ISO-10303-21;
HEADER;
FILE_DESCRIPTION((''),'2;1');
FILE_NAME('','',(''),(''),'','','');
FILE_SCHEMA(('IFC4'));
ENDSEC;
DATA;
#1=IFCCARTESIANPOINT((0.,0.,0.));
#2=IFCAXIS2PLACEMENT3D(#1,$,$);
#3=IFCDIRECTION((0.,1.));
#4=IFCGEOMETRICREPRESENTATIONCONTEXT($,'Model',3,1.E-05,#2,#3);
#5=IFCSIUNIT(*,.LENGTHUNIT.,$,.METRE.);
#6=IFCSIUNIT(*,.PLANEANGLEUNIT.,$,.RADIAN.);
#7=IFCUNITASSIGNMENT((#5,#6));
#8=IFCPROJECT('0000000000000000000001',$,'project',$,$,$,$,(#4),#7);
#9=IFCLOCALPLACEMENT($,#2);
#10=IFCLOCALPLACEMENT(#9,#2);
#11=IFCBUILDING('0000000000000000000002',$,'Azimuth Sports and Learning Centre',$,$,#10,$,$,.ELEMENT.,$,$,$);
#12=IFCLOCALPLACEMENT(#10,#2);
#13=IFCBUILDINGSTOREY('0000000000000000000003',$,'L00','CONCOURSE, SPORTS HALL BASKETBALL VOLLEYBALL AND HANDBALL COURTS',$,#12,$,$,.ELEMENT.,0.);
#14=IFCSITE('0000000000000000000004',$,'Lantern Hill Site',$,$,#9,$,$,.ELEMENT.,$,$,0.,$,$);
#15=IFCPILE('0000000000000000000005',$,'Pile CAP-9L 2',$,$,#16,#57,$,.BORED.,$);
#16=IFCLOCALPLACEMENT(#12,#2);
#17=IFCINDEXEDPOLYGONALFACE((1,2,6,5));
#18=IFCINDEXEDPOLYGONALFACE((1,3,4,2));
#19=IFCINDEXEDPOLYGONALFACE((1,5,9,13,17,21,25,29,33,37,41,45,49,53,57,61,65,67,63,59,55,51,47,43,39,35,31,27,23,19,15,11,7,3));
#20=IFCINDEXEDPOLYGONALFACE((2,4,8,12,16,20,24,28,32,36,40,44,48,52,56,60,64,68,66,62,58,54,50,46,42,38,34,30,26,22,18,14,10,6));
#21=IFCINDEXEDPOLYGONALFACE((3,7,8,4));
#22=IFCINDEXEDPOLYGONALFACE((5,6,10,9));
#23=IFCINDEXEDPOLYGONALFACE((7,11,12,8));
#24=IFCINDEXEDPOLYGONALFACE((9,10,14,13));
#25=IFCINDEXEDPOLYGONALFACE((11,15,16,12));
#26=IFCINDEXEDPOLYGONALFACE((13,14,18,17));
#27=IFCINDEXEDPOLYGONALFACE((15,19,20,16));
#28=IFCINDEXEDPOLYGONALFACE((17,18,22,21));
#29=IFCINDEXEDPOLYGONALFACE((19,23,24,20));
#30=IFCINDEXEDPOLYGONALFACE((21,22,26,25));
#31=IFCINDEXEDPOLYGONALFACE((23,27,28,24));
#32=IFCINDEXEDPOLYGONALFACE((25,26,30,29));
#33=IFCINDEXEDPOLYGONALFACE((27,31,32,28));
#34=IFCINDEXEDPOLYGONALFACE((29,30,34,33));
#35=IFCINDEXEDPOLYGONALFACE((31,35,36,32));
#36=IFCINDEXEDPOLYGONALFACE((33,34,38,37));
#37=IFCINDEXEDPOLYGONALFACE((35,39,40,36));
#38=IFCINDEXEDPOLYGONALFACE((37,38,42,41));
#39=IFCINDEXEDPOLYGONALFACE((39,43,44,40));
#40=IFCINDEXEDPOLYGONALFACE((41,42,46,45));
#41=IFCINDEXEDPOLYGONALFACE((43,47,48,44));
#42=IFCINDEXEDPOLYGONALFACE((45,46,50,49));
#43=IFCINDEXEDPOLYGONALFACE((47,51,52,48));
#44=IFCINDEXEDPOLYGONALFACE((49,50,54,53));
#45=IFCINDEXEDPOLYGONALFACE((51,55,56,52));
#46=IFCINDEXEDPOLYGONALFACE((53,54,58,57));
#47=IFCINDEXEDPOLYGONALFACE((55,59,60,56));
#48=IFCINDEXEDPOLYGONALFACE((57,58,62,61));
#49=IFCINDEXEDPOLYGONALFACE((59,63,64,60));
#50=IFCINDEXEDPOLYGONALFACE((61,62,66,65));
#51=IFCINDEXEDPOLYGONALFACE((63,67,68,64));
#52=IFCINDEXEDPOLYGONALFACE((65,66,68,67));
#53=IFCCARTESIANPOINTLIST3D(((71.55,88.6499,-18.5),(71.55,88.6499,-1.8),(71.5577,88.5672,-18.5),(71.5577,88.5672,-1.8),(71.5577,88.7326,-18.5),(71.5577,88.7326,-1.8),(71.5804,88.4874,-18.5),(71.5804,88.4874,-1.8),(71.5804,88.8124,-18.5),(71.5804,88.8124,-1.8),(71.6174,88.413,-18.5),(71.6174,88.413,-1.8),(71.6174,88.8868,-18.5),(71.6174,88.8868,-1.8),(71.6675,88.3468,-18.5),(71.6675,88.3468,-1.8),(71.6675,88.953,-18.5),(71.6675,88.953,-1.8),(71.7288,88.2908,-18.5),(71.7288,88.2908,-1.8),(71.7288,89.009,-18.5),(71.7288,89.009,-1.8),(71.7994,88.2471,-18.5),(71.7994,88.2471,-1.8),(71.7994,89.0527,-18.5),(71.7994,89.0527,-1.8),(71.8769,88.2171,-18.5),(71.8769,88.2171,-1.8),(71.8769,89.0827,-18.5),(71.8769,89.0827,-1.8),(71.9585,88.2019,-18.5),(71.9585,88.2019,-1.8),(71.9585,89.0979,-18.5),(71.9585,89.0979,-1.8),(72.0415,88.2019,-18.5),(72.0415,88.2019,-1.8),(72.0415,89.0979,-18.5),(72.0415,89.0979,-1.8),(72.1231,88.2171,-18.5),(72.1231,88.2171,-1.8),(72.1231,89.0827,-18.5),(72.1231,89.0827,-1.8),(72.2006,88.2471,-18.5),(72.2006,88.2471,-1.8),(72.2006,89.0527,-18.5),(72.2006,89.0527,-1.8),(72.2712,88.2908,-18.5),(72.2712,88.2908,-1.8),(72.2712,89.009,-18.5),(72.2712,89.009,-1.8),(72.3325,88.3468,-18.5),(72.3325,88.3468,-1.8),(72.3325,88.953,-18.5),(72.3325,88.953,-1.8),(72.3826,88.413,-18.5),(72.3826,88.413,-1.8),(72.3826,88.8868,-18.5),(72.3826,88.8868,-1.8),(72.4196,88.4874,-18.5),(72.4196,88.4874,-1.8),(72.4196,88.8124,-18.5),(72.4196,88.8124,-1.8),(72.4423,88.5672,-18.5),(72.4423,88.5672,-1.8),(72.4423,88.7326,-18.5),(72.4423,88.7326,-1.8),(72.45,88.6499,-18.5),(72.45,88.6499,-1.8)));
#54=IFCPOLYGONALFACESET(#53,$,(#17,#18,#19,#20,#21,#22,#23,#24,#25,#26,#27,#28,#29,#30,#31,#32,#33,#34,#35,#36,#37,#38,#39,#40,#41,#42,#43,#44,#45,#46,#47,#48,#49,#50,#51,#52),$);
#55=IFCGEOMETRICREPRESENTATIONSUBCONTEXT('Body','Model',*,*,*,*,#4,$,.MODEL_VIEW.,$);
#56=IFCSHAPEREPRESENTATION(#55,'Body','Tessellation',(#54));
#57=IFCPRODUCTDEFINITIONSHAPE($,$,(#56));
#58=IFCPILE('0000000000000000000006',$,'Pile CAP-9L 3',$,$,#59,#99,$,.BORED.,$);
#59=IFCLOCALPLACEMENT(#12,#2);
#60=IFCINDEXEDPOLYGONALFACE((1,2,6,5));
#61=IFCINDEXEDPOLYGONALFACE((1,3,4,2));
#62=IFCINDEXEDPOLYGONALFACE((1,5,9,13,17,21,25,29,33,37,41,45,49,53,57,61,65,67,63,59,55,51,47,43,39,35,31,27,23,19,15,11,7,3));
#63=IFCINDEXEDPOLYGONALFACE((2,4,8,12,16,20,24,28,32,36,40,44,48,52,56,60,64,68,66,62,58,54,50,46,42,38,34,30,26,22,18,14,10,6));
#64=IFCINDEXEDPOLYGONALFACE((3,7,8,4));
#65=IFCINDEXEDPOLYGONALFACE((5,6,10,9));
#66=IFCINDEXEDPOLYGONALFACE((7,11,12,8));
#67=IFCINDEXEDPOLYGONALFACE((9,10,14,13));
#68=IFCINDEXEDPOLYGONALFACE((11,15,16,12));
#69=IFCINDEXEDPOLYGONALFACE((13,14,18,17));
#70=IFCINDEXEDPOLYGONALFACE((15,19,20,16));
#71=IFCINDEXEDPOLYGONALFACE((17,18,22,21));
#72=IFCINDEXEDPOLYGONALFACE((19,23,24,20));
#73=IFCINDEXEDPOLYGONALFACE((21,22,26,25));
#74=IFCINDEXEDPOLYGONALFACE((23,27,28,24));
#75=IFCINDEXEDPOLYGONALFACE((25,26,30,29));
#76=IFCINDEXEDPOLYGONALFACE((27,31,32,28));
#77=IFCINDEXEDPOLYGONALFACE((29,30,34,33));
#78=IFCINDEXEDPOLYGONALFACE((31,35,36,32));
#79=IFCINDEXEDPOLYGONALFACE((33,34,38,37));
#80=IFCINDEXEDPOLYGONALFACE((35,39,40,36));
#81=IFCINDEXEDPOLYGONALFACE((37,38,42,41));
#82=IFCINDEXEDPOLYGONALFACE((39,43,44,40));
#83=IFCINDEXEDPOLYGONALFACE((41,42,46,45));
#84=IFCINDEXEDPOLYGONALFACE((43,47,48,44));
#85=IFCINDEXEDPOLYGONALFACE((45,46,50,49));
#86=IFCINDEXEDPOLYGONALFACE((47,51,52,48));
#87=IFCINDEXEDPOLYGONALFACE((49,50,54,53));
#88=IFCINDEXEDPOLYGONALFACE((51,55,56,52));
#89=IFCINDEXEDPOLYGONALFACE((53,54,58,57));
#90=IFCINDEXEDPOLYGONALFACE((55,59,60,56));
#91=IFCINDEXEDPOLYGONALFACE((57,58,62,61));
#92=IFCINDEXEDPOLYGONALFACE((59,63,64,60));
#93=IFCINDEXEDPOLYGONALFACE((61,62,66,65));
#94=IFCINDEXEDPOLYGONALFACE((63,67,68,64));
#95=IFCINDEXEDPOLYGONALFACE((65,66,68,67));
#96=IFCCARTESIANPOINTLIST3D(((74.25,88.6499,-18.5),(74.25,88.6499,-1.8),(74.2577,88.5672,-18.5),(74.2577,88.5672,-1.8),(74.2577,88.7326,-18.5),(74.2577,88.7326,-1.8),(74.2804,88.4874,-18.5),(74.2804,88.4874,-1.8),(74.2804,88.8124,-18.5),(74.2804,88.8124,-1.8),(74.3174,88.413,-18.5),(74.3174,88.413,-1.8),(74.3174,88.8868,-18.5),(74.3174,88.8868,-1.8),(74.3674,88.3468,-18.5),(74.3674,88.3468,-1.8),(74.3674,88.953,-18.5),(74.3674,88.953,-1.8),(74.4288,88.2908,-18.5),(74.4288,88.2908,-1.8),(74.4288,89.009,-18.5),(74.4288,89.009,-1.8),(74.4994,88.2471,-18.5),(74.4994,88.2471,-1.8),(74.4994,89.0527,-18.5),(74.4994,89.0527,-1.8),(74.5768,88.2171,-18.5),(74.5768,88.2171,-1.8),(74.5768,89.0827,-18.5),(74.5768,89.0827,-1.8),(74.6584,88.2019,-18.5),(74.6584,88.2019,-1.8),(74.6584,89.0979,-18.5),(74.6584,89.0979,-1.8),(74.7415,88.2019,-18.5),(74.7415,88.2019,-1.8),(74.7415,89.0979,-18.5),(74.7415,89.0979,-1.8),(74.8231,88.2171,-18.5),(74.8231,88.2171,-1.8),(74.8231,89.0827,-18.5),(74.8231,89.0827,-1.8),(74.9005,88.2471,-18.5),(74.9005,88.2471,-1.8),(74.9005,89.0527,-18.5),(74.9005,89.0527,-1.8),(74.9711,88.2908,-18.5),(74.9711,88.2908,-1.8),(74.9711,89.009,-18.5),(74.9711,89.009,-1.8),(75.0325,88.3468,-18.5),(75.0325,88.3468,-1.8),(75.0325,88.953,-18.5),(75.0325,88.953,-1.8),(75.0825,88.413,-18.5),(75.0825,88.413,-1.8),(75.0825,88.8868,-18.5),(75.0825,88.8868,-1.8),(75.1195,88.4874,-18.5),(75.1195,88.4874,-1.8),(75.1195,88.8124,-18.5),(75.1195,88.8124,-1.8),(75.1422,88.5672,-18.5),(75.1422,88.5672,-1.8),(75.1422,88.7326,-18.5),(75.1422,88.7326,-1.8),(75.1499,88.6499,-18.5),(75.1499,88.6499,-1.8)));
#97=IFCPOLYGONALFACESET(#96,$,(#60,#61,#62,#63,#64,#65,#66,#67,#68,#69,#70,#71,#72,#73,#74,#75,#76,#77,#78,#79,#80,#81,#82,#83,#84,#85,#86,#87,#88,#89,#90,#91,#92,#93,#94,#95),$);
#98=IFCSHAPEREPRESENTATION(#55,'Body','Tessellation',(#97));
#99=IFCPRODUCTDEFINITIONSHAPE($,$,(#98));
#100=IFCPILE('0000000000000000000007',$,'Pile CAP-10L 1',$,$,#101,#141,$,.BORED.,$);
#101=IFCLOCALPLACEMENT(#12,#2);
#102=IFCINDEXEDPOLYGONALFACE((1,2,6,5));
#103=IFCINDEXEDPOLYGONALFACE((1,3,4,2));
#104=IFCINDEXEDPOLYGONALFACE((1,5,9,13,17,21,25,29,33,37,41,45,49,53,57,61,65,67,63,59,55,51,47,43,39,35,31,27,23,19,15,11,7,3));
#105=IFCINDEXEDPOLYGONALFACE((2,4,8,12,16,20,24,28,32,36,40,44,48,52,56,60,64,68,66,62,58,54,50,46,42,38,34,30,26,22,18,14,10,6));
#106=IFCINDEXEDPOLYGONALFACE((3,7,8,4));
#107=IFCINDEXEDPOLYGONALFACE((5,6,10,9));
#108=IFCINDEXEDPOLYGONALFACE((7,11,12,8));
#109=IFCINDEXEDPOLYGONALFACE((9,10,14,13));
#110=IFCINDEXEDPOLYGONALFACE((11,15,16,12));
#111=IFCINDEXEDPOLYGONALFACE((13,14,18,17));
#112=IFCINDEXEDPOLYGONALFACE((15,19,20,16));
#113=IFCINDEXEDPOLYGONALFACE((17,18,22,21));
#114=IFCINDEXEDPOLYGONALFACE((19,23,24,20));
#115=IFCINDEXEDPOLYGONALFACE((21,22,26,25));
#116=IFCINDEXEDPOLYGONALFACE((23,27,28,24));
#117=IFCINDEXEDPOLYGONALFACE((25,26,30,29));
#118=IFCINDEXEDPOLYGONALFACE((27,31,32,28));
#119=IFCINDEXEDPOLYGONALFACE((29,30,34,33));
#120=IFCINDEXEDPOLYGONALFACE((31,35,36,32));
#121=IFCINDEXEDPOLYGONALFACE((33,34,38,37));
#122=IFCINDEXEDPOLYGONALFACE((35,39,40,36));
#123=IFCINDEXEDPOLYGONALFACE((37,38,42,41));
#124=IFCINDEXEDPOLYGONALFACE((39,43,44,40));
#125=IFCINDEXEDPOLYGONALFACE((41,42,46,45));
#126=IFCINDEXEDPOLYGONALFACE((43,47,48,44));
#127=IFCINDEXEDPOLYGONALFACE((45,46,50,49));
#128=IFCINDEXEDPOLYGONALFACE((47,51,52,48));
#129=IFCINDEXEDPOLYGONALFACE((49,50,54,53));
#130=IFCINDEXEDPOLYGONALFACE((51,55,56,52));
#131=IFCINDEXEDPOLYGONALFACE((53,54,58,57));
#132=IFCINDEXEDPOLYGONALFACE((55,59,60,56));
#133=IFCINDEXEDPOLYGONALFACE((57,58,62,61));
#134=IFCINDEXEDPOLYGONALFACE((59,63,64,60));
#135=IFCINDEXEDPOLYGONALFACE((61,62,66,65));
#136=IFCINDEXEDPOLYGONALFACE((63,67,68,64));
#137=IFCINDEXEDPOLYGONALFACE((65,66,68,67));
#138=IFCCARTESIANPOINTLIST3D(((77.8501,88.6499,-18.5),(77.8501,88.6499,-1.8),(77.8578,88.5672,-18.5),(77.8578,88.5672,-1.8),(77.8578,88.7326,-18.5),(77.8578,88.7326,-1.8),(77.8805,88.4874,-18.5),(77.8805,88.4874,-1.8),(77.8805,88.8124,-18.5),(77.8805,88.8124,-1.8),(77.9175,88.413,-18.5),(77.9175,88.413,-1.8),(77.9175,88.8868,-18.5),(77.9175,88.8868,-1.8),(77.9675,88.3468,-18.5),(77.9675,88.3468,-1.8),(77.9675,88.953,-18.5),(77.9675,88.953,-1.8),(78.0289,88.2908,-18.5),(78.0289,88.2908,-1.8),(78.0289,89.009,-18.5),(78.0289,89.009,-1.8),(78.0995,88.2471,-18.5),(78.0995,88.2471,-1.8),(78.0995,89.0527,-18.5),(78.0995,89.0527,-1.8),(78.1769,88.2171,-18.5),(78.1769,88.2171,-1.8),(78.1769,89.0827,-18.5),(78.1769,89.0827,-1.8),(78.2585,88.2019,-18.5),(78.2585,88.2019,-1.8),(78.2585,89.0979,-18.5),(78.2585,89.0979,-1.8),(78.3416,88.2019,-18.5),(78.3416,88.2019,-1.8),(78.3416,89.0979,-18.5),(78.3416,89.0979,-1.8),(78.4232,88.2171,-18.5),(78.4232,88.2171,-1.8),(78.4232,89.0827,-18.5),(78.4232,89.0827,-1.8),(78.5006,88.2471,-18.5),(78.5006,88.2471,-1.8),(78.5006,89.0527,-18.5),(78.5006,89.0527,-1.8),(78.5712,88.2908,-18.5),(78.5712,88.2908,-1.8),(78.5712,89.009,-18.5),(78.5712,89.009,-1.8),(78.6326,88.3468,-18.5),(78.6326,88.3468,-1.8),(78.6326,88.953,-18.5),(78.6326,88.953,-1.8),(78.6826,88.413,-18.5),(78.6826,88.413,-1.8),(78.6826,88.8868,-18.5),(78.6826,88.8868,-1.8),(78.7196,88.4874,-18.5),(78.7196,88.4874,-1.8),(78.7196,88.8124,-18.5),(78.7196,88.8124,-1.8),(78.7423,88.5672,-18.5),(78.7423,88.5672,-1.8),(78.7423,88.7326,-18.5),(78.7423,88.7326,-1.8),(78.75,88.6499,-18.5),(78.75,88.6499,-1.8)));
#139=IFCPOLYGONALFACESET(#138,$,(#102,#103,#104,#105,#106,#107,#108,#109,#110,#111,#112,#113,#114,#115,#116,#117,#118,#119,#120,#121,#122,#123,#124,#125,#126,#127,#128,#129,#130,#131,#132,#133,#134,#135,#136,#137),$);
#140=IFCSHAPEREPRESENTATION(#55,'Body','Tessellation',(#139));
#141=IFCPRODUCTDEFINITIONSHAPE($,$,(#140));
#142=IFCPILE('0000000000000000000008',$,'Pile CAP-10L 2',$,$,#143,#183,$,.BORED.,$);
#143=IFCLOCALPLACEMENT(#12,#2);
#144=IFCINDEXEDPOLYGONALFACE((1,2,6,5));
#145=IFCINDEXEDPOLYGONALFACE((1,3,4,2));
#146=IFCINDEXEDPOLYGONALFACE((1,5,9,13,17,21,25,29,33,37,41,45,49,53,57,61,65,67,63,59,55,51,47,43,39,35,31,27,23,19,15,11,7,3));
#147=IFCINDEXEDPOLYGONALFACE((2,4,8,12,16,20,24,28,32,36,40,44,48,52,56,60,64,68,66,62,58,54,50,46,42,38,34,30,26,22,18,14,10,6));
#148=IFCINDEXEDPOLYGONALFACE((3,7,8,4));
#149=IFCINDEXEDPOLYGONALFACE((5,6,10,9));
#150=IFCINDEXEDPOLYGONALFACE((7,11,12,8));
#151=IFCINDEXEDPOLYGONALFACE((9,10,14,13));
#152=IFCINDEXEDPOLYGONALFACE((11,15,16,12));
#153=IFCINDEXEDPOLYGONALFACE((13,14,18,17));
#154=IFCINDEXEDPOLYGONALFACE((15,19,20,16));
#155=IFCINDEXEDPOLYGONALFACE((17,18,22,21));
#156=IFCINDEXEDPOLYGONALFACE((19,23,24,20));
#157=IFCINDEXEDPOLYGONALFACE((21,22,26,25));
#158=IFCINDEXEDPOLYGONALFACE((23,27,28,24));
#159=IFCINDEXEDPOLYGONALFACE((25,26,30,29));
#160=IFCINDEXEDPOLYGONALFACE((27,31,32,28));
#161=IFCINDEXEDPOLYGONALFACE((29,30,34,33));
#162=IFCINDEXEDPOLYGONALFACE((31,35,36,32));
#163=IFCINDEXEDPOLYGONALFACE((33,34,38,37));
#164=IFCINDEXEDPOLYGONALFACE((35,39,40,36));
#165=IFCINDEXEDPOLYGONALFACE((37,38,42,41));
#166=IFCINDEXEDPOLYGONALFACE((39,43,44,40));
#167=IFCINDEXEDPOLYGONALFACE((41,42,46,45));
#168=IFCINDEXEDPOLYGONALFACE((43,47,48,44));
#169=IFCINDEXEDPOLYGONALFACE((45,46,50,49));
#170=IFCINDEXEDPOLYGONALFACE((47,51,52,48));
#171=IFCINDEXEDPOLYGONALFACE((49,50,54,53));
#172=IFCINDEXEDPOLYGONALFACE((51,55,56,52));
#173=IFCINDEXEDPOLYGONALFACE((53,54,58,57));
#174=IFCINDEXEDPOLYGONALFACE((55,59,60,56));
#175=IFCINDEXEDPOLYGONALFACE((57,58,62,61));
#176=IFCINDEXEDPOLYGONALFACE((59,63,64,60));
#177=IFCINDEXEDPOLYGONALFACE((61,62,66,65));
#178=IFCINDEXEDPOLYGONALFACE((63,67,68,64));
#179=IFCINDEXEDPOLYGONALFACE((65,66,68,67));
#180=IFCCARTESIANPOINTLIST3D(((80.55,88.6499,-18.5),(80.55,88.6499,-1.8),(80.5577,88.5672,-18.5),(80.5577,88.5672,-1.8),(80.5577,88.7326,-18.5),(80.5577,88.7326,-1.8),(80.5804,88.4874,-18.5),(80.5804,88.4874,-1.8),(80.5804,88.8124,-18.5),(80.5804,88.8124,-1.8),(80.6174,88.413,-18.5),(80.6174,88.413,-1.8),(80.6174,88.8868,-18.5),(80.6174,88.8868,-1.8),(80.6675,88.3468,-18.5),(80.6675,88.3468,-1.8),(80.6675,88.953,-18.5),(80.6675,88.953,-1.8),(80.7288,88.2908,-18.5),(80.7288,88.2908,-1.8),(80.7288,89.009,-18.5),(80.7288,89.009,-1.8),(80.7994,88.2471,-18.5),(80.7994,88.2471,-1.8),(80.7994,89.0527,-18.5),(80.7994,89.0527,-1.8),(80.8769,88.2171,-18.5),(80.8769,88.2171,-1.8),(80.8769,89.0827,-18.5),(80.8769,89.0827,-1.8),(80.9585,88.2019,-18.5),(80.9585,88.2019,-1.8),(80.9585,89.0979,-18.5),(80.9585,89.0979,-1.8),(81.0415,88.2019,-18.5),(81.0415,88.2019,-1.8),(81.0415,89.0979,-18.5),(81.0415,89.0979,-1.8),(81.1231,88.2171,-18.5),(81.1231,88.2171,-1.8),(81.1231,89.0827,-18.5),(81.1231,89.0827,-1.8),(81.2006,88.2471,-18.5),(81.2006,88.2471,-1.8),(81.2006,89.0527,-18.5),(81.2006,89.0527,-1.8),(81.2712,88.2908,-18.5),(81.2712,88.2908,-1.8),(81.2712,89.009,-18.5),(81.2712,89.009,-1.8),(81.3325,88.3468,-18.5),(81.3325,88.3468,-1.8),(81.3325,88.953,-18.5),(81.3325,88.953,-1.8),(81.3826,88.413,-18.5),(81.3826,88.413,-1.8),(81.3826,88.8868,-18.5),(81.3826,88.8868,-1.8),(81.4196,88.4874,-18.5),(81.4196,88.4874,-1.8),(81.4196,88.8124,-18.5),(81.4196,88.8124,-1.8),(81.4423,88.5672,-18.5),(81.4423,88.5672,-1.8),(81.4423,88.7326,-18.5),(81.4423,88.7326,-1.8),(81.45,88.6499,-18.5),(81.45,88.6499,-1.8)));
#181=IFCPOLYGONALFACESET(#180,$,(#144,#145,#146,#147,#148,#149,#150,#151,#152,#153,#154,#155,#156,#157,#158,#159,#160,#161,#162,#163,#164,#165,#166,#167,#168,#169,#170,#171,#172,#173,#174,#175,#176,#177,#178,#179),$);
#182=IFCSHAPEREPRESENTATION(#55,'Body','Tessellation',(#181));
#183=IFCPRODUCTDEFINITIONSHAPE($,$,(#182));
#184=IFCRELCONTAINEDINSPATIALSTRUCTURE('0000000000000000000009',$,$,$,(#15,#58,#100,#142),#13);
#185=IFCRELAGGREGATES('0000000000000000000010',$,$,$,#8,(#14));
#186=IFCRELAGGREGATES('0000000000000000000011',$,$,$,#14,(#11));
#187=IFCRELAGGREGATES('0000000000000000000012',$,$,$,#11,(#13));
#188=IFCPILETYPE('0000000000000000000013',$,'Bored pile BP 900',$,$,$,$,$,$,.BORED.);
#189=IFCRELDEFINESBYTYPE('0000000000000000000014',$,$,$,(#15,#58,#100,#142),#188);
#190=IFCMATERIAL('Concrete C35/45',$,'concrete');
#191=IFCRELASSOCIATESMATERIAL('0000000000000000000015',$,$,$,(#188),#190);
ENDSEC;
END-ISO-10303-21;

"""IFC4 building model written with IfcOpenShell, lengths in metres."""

from ifc_helpers import new_model, si_unit, direction, frame, origin, origin_2d, place, context, subcontext, project, spatial, circle, extrude, material, material_profile, profile_set, type_object, element, save


model = new_model("IFC4")

# Units and contexts
model_context = context("Model", 3, precision=1e-05, world=origin(), true_north=direction((0.0, 1.0)))
body_context = subcontext(model_context, "Body", "Model", "MODEL_VIEW")
ifc_project = project(units=[si_unit("LENGTHUNIT", "METRE"), si_unit("PLANEANGLEUNIT", "RADIAN")], contexts=[model_context])

# Site, building, storey
site_placement = place(None, origin())
site = spatial("IfcSite", under=ifc_project, at=site_placement, Name="Lantern Hill Site", CompositionType="ELEMENT", RefElevation=0.0)
building_placement = place(site_placement, origin())
building = spatial("IfcBuilding", under=site, at=building_placement, Name="Azimuth Sports and Learning Centre", CompositionType="ELEMENT")
storey_placement = place(building_placement, origin())
storey = spatial("IfcBuildingStorey", under=building, at=storey_placement, Name="L00", Description="CONCOURSE, SPORTS HALL BASKETBALL VOLLEYBALL AND HANDBALL COURTS", CompositionType="ELEMENT", Elevation=0.0)

# Piles
ifc_material_1 = material(Name="Concrete C35/45", Category="concrete")
ifc_material_profile_1 = material_profile(ifc_material_1, circle(Radius=0.45, at=origin_2d()), Name="BP 900")
ifc_profile_set_1 = profile_set([ifc_material_profile_1], Name="Concrete C35/45")
pile_type = type_object("IfcPileType", Name="Bored pile BP 900", PredefinedType="BORED", material=ifc_profile_set_1)
for number, where, z_axis, x_axis, name in (
    (1, (72.0, 88.6499, -1.8), (0.0, 0.0, -1.0), (1.0, 0.0, 0.0), "Pile CAP-9L 2"),
    (2, (74.7, 88.6499, -1.8), (0.0, 0.0, -1.0), (1.0, 0.0, 0.0), "Pile CAP-9L 3"),
    (3, (78.3, 88.6499, -1.8), (0.0, 0.0, -1.0), (1.0, 0.0, 0.0), "Pile CAP-10L 1"),
    (4, (81.0, 88.6499, -1.8), (0.0, 0.0, -1.0), (1.0, 0.0, 0.0), "Pile CAP-10L 2"),
):
    element("IfcPile", number, at=place(storey_placement, frame(where, z_axis=z_axis, x_axis=x_axis)), inside=storey, type_object=pile_type, Name=name, PredefinedType="BORED", context=body_context, shape_type="SweptSolid", body=[
        extrude(circle(Radius=0.45, at=origin_2d()), origin(), (0.0, 0.0, 1.0), 16.7),
    ])

save(model, "model.ifc")
